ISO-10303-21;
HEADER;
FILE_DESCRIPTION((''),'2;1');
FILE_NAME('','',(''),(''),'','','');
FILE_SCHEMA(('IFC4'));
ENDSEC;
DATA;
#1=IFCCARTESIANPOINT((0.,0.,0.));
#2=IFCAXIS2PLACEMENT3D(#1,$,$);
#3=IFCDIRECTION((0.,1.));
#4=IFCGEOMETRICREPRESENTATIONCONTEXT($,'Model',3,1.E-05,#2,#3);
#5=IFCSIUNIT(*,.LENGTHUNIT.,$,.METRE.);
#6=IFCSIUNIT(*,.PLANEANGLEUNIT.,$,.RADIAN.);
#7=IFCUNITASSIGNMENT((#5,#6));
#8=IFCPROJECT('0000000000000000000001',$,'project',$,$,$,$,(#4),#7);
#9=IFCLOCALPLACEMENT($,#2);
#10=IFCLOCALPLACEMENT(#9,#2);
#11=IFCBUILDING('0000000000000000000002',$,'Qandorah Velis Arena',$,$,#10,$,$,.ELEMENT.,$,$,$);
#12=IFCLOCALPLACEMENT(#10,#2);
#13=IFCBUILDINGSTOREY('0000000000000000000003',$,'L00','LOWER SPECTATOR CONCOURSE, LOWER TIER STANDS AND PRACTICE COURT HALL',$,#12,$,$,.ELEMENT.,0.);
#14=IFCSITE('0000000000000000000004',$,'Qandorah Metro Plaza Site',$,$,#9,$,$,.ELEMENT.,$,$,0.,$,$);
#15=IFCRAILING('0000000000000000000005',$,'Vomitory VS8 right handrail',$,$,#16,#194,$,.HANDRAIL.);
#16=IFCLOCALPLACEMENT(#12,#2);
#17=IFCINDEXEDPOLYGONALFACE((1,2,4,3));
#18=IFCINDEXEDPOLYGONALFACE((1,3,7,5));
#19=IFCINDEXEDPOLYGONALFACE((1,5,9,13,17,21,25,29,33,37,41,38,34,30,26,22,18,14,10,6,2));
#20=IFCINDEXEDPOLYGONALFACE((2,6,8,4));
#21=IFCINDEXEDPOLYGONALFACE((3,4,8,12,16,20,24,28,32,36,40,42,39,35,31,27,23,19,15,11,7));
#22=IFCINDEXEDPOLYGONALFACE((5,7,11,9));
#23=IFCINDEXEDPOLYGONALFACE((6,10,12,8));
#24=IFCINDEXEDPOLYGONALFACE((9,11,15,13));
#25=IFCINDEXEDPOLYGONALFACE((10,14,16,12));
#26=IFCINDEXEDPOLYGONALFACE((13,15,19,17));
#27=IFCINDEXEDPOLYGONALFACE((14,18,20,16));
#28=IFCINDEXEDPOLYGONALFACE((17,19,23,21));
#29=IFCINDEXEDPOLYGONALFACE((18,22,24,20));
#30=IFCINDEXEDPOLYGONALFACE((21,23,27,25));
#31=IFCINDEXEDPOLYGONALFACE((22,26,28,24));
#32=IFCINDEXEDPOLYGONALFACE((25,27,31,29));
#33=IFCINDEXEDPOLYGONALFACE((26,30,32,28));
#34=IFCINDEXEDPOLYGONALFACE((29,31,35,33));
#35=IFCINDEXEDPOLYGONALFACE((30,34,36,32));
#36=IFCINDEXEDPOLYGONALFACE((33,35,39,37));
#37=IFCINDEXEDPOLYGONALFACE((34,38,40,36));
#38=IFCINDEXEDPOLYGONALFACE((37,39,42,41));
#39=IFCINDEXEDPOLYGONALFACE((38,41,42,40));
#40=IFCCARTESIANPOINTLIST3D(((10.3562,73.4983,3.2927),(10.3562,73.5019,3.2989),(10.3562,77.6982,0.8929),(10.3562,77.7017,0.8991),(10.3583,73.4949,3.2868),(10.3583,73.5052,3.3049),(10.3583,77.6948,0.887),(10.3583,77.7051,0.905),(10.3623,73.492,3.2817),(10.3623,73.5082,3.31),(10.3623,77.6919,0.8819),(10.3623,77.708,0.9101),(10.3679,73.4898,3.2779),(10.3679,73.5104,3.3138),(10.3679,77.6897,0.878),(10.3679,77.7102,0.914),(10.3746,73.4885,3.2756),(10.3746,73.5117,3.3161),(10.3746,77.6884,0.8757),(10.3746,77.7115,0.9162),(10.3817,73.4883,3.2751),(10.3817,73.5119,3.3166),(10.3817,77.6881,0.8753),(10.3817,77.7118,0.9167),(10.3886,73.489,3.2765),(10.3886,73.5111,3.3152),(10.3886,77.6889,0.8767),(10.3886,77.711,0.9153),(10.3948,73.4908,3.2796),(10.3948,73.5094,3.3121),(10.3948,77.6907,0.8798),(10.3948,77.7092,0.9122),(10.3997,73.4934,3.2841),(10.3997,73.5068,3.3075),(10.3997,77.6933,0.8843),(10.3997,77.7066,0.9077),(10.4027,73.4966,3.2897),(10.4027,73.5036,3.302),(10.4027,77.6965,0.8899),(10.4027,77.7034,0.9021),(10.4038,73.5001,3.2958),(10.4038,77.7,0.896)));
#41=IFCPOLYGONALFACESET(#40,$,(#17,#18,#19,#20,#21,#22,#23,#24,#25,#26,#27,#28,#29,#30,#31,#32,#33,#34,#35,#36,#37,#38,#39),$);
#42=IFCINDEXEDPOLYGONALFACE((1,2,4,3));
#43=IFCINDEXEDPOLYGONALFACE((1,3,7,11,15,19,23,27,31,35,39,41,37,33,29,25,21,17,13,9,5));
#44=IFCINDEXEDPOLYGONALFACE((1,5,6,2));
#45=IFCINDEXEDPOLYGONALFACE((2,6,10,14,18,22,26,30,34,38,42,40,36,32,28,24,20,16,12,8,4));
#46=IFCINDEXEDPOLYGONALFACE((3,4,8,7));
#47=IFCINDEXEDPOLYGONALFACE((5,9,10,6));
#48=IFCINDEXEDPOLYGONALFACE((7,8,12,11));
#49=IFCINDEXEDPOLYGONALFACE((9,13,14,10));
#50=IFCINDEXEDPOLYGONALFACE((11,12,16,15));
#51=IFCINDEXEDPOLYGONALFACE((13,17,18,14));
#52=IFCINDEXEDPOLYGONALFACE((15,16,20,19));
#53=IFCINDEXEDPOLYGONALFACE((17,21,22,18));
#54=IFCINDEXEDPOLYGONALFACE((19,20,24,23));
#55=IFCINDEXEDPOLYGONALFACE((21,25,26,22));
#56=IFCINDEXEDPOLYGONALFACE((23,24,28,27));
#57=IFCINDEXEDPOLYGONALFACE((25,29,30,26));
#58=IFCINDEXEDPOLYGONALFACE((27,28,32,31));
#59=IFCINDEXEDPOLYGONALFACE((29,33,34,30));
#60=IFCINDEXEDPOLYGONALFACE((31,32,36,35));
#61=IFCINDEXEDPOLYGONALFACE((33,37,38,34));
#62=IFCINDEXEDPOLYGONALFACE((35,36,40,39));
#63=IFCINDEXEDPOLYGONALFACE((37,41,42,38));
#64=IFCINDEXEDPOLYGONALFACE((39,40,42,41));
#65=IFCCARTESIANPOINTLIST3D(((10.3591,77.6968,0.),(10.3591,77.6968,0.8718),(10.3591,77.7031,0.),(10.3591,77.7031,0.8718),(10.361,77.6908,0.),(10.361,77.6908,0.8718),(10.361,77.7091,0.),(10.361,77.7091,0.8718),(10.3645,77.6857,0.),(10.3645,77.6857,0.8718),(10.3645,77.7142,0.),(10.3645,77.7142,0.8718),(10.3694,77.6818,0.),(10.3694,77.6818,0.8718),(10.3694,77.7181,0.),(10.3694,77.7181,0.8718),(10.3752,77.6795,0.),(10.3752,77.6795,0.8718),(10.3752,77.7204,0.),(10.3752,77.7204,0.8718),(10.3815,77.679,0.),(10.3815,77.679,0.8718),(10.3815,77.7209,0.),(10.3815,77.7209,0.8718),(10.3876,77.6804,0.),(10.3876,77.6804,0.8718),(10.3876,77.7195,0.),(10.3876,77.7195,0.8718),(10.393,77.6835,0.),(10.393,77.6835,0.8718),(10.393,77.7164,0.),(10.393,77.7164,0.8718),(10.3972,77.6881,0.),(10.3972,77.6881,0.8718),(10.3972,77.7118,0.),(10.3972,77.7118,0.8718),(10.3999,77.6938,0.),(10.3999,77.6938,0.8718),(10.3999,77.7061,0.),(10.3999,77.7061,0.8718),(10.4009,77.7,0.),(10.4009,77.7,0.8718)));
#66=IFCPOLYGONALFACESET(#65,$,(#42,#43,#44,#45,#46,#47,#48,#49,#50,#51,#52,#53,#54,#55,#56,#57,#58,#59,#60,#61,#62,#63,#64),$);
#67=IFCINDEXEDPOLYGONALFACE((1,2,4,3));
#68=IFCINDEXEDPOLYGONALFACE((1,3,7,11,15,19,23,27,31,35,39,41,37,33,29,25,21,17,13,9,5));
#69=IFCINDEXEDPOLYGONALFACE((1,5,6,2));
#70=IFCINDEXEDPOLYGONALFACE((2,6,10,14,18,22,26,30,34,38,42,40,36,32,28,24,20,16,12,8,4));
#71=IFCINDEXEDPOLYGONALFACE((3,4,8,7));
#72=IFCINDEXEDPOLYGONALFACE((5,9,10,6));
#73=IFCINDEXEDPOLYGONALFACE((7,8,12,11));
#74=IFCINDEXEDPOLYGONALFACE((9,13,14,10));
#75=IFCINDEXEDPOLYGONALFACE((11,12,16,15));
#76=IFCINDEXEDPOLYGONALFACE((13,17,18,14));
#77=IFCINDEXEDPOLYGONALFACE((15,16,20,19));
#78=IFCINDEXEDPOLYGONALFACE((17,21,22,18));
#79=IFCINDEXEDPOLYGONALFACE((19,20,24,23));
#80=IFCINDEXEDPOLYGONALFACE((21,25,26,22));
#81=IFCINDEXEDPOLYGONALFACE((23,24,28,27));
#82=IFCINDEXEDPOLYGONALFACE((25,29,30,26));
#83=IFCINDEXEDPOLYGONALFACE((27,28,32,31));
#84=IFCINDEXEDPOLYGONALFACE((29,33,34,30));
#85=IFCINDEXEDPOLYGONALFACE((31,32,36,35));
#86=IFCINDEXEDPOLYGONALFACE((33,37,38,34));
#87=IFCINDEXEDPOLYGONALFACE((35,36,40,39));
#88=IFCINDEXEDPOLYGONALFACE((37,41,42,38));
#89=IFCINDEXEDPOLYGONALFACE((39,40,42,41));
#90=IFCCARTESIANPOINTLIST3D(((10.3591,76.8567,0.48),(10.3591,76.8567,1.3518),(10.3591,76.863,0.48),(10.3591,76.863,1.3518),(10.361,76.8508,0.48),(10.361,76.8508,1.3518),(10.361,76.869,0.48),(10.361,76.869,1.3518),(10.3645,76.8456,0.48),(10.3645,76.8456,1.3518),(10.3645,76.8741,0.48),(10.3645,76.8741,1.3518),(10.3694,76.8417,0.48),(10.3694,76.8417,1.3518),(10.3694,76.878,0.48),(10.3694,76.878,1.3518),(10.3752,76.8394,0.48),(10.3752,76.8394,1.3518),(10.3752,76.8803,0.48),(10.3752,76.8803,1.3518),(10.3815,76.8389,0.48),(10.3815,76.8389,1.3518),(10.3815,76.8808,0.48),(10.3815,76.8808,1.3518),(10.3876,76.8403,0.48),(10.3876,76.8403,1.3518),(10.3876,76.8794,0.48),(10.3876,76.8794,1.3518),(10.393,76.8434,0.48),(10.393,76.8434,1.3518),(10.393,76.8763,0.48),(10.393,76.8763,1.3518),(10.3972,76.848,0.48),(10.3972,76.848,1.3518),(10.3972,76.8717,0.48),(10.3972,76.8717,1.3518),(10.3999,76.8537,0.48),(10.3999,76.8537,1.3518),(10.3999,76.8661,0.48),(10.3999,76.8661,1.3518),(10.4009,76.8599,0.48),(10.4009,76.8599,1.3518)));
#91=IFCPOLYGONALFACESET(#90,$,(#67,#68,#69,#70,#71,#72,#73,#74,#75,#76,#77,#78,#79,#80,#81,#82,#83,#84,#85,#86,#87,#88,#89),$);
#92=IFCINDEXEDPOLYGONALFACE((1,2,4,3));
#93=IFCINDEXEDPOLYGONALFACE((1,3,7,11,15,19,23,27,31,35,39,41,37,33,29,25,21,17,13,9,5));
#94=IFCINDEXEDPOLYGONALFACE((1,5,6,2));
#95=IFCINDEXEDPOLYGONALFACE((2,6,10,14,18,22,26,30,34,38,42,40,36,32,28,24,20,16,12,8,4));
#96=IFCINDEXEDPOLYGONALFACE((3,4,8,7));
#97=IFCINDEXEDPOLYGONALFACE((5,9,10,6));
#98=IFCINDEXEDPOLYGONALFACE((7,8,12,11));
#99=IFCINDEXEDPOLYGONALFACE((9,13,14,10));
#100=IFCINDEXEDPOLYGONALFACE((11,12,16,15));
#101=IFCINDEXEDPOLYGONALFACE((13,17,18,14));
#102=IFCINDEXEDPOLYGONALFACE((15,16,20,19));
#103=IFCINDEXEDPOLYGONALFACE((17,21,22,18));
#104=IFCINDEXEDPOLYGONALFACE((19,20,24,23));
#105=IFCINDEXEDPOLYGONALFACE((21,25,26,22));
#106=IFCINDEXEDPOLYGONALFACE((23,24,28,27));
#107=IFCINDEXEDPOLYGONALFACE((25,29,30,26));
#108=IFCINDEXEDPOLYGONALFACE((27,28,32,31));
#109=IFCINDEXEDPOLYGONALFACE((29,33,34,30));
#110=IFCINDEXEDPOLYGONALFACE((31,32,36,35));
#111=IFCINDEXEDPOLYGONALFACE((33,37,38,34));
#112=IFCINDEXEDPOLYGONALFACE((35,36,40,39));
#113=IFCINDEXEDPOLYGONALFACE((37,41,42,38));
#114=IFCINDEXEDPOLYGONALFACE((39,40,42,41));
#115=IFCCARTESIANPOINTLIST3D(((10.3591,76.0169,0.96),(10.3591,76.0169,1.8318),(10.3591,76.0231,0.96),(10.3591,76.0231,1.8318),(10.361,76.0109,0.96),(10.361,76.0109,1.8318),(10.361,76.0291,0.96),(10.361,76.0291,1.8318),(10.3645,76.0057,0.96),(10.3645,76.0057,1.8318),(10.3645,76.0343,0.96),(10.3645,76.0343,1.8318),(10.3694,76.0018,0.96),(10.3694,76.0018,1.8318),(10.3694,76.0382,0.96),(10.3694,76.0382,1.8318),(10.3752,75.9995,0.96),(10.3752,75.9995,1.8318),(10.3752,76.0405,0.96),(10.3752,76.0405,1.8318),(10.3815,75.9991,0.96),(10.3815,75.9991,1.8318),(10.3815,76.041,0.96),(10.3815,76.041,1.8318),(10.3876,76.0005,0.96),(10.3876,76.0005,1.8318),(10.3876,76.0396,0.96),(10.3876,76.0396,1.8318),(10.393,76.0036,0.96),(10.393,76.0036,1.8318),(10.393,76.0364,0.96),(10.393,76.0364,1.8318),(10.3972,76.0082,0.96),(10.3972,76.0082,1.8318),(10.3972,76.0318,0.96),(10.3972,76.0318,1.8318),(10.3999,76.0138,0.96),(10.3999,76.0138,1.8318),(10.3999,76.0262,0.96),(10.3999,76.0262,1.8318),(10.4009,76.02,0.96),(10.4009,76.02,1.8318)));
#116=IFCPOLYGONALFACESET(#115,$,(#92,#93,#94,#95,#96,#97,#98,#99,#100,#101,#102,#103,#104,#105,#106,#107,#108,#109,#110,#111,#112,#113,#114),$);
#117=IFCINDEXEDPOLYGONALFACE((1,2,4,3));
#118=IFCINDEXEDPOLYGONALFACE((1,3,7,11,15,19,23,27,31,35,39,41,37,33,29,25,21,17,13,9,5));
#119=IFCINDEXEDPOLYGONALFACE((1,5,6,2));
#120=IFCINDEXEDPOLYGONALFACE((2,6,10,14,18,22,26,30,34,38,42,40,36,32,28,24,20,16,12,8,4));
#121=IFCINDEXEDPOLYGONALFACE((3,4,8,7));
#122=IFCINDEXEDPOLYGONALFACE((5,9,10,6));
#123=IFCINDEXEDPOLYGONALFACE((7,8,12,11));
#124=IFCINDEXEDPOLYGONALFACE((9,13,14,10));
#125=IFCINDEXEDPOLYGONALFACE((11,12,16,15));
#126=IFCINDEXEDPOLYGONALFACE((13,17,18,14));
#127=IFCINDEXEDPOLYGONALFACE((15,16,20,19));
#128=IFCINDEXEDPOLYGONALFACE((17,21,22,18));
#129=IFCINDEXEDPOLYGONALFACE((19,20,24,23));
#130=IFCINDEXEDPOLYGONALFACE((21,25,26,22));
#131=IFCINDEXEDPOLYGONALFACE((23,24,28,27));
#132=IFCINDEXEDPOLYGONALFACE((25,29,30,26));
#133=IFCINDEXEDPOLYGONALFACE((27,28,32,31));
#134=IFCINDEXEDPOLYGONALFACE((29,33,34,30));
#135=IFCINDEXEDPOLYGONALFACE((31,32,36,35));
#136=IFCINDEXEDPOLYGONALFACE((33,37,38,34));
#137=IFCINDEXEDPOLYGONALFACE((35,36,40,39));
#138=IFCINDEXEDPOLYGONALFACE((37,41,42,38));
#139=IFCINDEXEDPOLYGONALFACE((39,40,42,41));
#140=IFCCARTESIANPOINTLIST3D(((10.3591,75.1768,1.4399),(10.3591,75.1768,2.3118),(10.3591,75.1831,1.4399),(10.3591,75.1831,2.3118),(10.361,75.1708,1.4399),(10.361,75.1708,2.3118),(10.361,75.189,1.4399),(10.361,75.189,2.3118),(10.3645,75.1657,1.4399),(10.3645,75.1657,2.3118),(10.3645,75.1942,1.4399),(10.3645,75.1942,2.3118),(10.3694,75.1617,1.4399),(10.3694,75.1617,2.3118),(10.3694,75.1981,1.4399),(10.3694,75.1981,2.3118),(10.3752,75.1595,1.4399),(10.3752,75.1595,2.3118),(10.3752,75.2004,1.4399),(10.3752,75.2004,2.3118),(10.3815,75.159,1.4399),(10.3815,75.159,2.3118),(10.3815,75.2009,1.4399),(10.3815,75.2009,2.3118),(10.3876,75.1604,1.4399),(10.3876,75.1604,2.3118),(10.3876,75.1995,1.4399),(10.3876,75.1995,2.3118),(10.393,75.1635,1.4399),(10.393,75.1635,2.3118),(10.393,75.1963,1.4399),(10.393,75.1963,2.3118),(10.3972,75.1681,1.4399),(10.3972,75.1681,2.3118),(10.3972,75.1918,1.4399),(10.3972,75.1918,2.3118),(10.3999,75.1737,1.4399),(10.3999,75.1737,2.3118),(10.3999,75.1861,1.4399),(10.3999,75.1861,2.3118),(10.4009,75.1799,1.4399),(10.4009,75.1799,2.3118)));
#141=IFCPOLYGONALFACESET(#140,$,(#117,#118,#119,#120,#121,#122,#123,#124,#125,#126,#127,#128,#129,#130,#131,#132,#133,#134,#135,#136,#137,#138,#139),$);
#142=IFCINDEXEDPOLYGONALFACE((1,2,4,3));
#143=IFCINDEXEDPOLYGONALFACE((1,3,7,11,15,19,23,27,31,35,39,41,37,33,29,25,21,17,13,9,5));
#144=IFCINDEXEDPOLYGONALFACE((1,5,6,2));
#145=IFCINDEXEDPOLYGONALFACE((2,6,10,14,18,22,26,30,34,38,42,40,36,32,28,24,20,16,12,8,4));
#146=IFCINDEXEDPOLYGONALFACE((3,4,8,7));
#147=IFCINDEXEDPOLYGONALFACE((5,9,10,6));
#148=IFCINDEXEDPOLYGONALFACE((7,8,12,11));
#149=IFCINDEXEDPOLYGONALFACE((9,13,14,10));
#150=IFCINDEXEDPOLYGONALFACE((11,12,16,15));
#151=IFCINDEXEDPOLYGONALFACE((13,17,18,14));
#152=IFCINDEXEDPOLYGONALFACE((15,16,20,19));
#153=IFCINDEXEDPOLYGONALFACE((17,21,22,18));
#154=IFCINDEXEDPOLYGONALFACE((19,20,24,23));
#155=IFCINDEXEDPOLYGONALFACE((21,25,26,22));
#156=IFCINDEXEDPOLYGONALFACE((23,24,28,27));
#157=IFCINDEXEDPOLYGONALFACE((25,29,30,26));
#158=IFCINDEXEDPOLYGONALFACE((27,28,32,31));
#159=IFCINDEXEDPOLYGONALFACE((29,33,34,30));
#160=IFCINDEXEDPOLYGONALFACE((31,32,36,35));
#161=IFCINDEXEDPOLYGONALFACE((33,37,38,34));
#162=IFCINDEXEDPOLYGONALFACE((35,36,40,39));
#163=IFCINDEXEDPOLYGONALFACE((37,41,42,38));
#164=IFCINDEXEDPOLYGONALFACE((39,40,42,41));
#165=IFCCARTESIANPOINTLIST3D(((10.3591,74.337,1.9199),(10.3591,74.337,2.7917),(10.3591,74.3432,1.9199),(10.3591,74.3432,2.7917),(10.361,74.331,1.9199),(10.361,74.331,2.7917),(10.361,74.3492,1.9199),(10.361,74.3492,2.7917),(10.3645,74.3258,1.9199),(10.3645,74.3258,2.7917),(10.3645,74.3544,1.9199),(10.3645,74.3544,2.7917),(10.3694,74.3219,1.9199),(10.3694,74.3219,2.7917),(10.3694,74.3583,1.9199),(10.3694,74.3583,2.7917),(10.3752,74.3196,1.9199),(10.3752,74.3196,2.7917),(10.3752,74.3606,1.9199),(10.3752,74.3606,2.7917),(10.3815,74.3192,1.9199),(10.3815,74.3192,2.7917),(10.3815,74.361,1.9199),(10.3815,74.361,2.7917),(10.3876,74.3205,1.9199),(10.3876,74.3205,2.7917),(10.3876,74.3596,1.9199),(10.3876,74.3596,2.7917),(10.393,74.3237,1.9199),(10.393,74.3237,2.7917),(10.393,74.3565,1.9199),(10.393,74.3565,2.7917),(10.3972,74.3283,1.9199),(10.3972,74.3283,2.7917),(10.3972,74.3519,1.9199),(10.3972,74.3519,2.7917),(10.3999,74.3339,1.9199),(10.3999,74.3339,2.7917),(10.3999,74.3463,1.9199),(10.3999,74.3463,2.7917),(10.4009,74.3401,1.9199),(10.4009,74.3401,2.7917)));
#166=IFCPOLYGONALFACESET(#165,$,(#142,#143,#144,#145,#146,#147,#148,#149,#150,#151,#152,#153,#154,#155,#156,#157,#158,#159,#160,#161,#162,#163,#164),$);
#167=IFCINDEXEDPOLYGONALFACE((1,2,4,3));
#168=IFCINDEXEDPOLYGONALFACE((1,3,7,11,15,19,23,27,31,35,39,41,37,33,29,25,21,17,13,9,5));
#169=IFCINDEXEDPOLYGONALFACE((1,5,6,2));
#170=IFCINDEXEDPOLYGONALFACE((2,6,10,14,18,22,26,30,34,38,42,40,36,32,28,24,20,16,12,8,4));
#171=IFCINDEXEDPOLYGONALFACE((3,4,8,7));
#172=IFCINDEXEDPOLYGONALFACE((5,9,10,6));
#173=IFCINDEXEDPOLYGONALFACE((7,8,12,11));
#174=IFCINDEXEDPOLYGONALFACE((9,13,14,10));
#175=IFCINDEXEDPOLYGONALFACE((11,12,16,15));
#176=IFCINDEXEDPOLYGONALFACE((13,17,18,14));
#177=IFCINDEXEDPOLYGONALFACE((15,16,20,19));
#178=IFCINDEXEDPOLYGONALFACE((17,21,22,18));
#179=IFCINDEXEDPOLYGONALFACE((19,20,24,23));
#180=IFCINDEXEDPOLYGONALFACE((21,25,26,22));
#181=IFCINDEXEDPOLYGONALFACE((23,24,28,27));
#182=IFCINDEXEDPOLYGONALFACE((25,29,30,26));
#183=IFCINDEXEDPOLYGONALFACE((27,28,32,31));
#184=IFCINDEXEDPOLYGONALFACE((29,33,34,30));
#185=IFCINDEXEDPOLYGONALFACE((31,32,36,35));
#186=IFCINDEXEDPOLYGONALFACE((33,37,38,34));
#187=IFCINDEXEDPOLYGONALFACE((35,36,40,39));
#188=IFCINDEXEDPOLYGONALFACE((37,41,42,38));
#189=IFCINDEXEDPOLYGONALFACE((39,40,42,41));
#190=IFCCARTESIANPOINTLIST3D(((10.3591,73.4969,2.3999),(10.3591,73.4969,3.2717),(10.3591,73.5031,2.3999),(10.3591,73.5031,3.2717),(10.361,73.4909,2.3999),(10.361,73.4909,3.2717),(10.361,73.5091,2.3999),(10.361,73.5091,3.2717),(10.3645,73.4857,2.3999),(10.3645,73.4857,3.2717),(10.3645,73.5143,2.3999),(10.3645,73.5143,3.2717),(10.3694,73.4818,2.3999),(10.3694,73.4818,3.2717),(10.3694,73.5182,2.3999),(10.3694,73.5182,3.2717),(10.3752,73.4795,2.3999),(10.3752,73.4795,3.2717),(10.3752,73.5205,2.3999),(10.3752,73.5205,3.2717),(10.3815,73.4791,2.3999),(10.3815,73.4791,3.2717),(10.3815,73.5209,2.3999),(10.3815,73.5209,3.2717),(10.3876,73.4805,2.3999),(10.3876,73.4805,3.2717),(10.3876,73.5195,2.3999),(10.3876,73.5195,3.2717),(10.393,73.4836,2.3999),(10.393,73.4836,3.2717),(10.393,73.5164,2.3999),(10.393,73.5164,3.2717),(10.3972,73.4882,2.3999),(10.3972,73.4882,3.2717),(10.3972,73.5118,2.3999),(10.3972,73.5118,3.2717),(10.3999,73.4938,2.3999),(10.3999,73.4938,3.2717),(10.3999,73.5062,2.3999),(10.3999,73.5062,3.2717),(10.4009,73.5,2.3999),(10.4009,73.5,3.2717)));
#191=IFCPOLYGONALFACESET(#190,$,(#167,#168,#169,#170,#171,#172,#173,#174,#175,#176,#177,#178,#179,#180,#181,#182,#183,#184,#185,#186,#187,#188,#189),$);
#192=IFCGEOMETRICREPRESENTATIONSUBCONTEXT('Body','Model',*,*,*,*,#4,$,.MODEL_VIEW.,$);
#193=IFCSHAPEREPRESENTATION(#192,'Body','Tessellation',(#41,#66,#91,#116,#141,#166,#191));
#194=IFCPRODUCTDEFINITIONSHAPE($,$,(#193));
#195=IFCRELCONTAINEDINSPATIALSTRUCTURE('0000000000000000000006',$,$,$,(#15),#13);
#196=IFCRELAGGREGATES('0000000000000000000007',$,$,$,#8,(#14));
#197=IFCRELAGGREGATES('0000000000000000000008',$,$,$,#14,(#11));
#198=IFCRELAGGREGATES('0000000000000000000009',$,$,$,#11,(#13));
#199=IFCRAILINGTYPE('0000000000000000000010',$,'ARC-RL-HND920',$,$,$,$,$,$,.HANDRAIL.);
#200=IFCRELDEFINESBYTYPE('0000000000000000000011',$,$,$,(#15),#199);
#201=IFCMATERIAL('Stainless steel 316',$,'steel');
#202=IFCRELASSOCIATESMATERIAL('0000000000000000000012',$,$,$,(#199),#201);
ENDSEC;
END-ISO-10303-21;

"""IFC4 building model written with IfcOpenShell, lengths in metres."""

from ifc_helpers import new_model, si_unit, direction, frame, origin, origin_2d, place, context, subcontext, project, spatial, circle, extrude, material, type_object, element, save


model = new_model("IFC4")

# Units and contexts
model_context = context("Model", 3, precision=1e-05, world=origin(), true_north=direction((0.0, 1.0)))
body_context = subcontext(model_context, "Body", "Model", "MODEL_VIEW")
ifc_project = project(units=[si_unit("LENGTHUNIT", "METRE"), si_unit("PLANEANGLEUNIT", "RADIAN")], contexts=[model_context])

# Site, building, storey
site_placement = place(None, origin())
site = spatial("IfcSite", under=ifc_project, at=site_placement, Name="Qandorah Metro Plaza Site", CompositionType="ELEMENT", RefElevation=0.0)
building_placement = place(site_placement, origin())
building = spatial("IfcBuilding", under=site, at=building_placement, Name="Qandorah Velis Arena", CompositionType="ELEMENT")
storey_placement = place(building_placement, origin())
storey = spatial("IfcBuildingStorey", under=building, at=storey_placement, Name="L00", Description="LOWER SPECTATOR CONCOURSE, LOWER TIER STANDS AND PRACTICE COURT HALL", CompositionType="ELEMENT", Elevation=0.0)

# Railing
ifc_material_1 = material(Name="Stainless steel 316", Category="steel")
railing_type_1 = type_object("IfcRailingType", Name="ARC-RL-HND920", PredefinedType="HANDRAIL", material=ifc_material_1)
for number, where, name in (
    (1, (10.3799, 77.7, 0.0), "Vomitory VS8 right handrail"),
):
    element("IfcRailing", number, at=place(storey_placement, frame(where)), inside=storey, type_object=railing_type_1, Name=name, PredefinedType="HANDRAIL", context=body_context, shape_type="SweptSolid", body=[
        extrude(circle(Radius=0.0239, at=origin_2d()), frame((0.0, 0.0, 0.896), z_axis=(0.0, -0.868249, 0.496128), x_axis=(1.0, 0.0, 0.0)), (0.0, 0.0, 1.0), 4.8372),
        extrude(circle(Radius=0.021, at=origin_2d()), origin(), (0.0, 0.0, 1.0), 0.8718),
        extrude(circle(Radius=0.021, at=origin_2d()), frame((0.0, -0.8401, 0.48)), (0.0, 0.0, 1.0), 0.8718),
        extrude(circle(Radius=0.021, at=origin_2d()), frame((0.0, -1.6799, 0.96)), (0.0, 0.0, 1.0), 0.8718),
        extrude(circle(Radius=0.021, at=origin_2d()), frame((0.0, -2.52, 1.4399)), (0.0, 0.0, 1.0), 0.8718),
        extrude(circle(Radius=0.021, at=origin_2d()), frame((0.0, -3.3599, 1.9199)), (0.0, 0.0, 1.0), 0.8718),
        extrude(circle(Radius=0.021, at=origin_2d()), frame((0.0, -4.2, 2.3999)), (0.0, 0.0, 1.0), 0.8718),
    ])

save(model, "model.ifc")
